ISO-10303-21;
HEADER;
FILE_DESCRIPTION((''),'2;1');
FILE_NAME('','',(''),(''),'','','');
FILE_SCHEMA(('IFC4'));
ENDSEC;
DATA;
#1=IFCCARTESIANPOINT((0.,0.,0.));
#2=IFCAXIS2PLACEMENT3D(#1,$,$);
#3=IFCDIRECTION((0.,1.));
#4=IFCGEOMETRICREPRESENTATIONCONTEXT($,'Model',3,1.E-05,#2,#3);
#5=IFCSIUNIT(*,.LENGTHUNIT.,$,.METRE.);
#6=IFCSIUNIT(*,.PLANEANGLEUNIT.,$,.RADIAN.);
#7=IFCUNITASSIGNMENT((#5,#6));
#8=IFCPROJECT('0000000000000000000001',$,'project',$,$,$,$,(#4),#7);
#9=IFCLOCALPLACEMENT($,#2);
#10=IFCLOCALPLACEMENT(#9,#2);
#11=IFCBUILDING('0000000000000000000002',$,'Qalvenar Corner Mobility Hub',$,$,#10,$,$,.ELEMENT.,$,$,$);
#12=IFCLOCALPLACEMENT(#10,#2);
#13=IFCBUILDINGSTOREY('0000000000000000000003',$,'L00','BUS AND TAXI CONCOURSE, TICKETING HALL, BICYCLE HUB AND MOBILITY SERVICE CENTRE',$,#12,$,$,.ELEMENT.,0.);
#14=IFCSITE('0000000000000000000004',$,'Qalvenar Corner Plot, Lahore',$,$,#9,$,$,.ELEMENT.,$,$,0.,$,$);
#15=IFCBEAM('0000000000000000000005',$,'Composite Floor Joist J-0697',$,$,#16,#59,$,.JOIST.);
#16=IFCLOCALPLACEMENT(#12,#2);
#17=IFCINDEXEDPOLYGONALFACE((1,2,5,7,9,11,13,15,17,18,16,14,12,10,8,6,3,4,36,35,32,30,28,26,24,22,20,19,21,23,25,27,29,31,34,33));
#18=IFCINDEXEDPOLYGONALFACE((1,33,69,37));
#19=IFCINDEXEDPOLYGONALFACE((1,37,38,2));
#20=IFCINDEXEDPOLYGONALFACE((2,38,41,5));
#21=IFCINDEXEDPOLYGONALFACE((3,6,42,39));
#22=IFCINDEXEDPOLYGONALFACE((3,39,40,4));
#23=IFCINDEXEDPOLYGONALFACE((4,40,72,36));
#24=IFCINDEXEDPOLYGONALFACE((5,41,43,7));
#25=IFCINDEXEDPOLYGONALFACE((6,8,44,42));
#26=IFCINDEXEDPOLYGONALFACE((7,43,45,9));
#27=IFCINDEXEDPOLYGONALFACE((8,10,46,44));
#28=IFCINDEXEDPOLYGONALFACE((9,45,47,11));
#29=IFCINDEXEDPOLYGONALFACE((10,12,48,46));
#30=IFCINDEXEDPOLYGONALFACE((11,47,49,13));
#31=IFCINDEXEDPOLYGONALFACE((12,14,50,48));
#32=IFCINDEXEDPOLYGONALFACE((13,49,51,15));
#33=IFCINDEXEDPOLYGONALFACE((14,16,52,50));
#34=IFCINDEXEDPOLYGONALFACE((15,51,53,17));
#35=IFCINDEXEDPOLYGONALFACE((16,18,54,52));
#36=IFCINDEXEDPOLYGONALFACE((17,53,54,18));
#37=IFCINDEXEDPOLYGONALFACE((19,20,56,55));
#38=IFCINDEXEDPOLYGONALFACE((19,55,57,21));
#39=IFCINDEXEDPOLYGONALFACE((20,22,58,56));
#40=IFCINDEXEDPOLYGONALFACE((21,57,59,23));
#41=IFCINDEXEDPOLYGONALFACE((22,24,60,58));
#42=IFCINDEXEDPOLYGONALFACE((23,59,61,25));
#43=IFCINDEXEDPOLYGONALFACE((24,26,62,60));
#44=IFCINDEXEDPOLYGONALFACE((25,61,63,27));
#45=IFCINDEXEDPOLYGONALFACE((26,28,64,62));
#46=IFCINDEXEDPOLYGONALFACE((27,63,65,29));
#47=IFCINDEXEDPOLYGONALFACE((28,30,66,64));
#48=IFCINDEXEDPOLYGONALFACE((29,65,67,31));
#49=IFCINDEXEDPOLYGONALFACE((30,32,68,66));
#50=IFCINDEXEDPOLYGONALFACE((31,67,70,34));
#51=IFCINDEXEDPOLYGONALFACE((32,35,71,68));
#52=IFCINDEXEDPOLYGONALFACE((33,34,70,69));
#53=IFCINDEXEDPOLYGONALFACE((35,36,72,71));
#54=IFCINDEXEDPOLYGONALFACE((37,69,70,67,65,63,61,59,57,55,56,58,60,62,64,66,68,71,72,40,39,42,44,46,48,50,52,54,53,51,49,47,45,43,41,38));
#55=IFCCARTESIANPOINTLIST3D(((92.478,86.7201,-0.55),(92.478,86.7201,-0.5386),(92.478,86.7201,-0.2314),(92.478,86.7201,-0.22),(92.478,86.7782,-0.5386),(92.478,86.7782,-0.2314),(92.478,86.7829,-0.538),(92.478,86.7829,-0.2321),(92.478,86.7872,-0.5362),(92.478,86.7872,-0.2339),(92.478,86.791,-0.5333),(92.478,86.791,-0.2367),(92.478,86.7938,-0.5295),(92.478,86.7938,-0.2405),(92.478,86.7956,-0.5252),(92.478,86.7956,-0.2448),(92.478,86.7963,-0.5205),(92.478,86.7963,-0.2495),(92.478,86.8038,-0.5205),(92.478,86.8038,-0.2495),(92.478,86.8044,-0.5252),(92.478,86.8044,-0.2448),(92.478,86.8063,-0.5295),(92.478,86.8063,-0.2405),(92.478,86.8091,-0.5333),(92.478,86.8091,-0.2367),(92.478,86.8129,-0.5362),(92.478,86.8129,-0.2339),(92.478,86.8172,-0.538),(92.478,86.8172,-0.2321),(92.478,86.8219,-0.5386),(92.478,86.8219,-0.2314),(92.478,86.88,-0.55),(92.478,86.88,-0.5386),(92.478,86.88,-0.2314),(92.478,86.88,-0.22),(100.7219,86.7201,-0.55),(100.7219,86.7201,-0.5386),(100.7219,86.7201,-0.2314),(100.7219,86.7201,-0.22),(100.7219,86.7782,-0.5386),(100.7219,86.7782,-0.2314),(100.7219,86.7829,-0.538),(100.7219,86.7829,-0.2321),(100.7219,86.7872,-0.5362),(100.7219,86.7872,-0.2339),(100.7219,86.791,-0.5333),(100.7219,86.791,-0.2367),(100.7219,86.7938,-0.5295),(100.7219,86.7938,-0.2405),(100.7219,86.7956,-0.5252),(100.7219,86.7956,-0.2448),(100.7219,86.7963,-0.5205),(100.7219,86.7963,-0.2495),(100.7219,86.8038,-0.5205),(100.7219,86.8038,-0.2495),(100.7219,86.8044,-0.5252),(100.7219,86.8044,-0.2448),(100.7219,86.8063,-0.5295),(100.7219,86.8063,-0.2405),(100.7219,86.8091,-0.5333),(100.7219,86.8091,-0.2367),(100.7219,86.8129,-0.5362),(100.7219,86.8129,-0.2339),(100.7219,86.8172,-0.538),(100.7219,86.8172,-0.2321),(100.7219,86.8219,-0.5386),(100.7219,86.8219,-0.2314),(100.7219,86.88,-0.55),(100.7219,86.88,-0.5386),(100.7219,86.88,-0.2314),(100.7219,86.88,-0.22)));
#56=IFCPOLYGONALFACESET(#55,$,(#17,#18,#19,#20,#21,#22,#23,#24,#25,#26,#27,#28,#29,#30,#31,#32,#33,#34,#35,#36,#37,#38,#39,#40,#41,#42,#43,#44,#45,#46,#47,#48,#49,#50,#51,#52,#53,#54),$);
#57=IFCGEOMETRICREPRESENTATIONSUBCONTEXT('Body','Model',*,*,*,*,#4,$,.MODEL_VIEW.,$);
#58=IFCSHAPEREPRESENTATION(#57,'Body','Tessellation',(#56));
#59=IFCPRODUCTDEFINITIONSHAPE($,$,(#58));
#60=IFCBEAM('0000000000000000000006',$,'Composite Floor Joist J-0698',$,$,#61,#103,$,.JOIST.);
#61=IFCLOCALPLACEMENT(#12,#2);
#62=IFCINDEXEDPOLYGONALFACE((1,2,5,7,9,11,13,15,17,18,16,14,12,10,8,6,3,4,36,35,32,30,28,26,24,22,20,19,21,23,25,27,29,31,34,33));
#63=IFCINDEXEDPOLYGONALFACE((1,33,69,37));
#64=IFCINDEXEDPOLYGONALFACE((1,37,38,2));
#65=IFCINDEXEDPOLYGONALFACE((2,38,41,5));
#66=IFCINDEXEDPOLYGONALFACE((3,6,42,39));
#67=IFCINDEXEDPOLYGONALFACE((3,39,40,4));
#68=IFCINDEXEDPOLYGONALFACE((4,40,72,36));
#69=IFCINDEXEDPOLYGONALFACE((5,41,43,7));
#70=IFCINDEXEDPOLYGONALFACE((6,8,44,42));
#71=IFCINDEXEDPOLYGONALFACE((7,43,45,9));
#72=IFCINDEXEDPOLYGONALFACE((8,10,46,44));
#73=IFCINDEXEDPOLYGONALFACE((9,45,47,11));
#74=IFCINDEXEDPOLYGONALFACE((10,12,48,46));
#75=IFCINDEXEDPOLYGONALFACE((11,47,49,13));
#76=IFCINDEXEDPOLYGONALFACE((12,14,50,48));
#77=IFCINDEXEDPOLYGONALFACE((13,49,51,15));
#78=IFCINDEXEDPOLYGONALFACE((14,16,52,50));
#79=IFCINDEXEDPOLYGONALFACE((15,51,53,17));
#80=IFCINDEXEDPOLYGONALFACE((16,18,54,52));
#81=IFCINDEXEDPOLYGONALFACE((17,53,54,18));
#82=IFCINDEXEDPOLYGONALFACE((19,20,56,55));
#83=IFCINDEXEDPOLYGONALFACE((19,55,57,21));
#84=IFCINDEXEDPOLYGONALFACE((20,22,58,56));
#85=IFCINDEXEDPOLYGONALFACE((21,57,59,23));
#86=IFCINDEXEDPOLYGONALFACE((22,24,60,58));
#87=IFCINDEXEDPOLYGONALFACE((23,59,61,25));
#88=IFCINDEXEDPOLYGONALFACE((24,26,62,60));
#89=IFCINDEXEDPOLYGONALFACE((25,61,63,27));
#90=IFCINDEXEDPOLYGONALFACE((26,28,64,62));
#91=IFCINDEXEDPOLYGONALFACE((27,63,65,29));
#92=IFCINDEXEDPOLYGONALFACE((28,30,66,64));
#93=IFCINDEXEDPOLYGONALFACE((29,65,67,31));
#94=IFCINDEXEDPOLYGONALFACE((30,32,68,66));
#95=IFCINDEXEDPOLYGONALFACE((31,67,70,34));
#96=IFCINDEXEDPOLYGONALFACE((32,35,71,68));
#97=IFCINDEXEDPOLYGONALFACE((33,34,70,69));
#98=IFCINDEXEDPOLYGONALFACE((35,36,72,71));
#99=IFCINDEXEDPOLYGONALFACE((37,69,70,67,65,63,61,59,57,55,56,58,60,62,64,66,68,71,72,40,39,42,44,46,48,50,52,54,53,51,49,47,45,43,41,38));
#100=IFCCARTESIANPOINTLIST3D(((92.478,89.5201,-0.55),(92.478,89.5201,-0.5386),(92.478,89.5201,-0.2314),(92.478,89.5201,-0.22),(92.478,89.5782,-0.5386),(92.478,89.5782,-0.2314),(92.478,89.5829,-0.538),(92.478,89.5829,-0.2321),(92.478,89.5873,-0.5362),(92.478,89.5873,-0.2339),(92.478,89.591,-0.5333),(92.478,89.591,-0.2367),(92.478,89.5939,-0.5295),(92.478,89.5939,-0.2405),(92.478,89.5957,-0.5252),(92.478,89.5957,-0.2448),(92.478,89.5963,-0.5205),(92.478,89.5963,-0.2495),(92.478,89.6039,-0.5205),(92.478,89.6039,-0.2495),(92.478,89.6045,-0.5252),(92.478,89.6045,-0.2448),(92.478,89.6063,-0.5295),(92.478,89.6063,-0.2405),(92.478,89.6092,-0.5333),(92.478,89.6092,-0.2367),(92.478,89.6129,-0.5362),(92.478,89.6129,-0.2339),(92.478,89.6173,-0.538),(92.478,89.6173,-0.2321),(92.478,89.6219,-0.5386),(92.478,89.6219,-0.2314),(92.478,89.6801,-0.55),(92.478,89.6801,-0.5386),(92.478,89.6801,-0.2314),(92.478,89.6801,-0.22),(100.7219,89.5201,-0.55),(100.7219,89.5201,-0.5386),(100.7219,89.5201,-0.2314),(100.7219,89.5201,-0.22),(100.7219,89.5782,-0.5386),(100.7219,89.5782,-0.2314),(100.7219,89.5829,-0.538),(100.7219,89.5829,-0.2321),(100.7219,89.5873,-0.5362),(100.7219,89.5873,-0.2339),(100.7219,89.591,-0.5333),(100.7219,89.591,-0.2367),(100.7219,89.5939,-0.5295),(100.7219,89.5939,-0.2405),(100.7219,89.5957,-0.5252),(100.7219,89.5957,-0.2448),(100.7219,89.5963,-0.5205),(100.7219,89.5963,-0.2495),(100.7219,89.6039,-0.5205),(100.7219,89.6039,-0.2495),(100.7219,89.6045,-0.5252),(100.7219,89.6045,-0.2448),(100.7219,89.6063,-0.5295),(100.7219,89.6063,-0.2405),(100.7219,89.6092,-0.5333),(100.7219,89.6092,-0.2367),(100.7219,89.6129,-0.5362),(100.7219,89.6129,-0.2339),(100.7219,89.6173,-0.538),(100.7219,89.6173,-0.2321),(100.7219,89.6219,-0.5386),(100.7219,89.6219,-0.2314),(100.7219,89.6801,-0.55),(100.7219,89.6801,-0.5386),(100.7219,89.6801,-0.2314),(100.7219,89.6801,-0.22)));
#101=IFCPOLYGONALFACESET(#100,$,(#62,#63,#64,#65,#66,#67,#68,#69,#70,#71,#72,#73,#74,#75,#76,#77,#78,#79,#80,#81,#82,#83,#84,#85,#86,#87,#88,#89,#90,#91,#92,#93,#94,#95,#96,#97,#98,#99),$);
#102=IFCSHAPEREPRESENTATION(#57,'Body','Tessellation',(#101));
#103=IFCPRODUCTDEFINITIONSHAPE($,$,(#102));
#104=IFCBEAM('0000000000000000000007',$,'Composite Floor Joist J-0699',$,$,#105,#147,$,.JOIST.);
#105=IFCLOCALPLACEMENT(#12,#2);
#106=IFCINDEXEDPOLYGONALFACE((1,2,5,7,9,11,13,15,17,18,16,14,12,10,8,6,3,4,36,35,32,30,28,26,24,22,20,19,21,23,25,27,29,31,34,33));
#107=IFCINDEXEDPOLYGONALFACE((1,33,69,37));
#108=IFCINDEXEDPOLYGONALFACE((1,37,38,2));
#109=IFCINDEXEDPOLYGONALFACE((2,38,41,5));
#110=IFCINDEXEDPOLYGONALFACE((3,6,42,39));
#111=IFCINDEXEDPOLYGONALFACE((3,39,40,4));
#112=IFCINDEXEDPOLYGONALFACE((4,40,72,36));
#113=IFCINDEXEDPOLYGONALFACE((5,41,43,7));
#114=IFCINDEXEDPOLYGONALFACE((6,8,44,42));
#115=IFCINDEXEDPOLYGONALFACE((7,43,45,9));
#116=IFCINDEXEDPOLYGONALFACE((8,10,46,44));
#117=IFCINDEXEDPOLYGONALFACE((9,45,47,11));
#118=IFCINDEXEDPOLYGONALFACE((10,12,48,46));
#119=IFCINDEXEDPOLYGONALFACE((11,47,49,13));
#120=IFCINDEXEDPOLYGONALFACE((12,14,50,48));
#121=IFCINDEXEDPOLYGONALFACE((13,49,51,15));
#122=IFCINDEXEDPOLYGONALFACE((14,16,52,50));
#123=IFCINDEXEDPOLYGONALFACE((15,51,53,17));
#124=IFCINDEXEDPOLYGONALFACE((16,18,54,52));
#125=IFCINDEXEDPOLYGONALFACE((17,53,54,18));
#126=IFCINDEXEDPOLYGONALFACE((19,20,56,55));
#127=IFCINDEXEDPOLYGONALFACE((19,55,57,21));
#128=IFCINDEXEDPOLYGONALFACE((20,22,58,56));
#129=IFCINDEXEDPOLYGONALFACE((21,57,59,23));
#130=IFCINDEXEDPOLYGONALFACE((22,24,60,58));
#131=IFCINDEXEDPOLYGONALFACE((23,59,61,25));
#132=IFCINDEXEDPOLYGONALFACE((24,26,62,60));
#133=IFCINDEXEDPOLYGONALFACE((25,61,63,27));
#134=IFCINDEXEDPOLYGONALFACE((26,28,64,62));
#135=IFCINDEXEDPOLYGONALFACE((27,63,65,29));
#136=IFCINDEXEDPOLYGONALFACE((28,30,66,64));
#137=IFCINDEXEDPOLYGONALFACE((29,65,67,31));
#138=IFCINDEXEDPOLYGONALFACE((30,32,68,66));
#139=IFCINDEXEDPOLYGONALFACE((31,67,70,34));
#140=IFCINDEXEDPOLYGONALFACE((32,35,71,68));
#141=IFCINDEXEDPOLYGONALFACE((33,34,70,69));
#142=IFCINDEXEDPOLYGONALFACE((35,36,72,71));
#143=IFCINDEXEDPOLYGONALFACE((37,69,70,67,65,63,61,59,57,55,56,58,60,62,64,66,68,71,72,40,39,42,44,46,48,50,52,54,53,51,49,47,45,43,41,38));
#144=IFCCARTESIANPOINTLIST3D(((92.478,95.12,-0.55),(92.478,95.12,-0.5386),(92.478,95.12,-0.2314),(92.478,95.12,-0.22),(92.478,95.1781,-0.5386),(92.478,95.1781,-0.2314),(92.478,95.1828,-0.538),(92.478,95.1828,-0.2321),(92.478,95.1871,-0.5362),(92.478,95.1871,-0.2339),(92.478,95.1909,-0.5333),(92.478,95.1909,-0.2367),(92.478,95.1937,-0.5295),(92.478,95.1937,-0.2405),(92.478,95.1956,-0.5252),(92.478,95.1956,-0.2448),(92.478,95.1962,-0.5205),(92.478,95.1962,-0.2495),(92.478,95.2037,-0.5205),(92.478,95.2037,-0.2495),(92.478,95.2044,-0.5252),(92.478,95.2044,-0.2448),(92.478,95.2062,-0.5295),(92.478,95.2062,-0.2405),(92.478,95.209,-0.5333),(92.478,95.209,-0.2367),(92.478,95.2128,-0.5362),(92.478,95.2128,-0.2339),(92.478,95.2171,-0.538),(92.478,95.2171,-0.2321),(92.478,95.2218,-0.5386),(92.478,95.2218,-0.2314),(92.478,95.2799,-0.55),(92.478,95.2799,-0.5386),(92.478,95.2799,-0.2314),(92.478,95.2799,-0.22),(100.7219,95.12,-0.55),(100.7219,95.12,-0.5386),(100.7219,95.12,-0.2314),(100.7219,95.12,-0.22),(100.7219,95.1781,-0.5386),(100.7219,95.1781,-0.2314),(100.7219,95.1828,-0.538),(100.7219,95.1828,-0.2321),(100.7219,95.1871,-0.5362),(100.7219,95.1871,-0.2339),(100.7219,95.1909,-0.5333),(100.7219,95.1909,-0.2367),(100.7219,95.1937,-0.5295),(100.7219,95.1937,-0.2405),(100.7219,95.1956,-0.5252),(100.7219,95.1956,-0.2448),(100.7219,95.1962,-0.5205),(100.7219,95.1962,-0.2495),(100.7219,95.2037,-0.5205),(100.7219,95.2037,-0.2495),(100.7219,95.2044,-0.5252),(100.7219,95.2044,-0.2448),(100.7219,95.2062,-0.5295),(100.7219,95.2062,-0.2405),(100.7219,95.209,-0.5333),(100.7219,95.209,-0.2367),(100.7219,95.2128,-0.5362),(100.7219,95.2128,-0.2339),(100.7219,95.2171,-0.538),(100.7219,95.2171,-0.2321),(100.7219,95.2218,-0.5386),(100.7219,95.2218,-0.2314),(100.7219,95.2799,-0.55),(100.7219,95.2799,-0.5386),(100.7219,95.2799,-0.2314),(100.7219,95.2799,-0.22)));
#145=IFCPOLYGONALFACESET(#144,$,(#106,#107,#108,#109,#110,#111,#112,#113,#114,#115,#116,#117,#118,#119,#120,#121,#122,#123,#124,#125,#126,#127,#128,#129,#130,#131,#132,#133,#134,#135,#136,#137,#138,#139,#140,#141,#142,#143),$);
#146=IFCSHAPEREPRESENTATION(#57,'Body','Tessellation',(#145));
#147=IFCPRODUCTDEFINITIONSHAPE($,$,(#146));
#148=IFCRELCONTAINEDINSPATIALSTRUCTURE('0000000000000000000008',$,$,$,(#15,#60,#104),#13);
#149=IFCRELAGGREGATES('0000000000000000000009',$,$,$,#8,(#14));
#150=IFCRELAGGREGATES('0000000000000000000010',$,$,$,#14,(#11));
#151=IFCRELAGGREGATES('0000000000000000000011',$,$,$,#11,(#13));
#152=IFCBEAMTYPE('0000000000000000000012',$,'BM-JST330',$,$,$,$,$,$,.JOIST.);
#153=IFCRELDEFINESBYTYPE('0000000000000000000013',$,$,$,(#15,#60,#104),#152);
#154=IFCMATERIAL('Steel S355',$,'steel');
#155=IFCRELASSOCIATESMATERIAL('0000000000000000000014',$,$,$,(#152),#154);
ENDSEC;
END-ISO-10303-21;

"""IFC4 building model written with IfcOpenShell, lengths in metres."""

from ifc_helpers import new_model, si_unit, direction, frame, origin, origin_2d, place, context, subcontext, project, spatial, i_section, extrude, material, material_profile, profile_set, type_object, element, save


model = new_model("IFC4")

# Units and contexts
model_context = context("Model", 3, precision=1e-05, world=origin(), true_north=direction((0.0, 1.0)))
body_context = subcontext(model_context, "Body", "Model", "MODEL_VIEW")
ifc_project = project(units=[si_unit("LENGTHUNIT", "METRE"), si_unit("PLANEANGLEUNIT", "RADIAN")], contexts=[model_context])

# Site, building, storey
site_placement = place(None, origin())
site = spatial("IfcSite", under=ifc_project, at=site_placement, Name="Qalvenar Corner Plot, Lahore", CompositionType="ELEMENT", RefElevation=0.0)
building_placement = place(site_placement, origin())
building = spatial("IfcBuilding", under=site, at=building_placement, Name="Qalvenar Corner Mobility Hub", CompositionType="ELEMENT")
storey_placement = place(building_placement, origin())
storey = spatial("IfcBuildingStorey", under=building, at=storey_placement, Name="L00", Description="BUS AND TAXI CONCOURSE, TICKETING HALL, BICYCLE HUB AND MOBILITY SERVICE CENTRE", CompositionType="ELEMENT", Elevation=0.0)

# Shared definitions
ifc_material = material(Name="Steel S355", Category="steel")

# Beams
ifc_material_profile_1 = material_profile(ifc_material, i_section(OverallWidth=0.1599, OverallDepth=0.3301, WebThickness=0.0076, FlangeThickness=0.0115, FilletRadius=0.0181, at=origin_2d()), Name="IPE330")
ifc_profile_set_1 = profile_set([ifc_material_profile_1], Name="Steel S355")
beam_type_1 = type_object("IfcBeamType", Name="BM-JST330", PredefinedType="JOIST", material=ifc_profile_set_1)
for number, where, z_axis, x_axis, name in (
    (1, (92.478, 86.8, -0.385), (1.0, 0.0, 0.0), (0.0, 1.0, 0.0), "Composite Floor Joist J-0697"),
    (2, (92.478, 89.6001, -0.385), (1.0, 0.0, 0.0), (0.0, 1.0, 0.0), "Composite Floor Joist J-0698"),
    (3, (92.478, 95.2, -0.385), (1.0, 0.0, 0.0), (0.0, 1.0, 0.0), "Composite Floor Joist J-0699"),
):
    element("IfcBeam", number, at=place(storey_placement, frame(where, z_axis=z_axis, x_axis=x_axis)), inside=storey, type_object=beam_type_1, Name=name, PredefinedType="JOIST", context=body_context, shape_type="SweptSolid", body=[
        extrude(i_section(OverallWidth=0.1599, OverallDepth=0.3301, WebThickness=0.0076, FlangeThickness=0.0115, FilletRadius=0.0181, at=origin_2d()), origin(), (0.0, 0.0, 1.0), 8.2439),
    ])

save(model, "model.ifc")
